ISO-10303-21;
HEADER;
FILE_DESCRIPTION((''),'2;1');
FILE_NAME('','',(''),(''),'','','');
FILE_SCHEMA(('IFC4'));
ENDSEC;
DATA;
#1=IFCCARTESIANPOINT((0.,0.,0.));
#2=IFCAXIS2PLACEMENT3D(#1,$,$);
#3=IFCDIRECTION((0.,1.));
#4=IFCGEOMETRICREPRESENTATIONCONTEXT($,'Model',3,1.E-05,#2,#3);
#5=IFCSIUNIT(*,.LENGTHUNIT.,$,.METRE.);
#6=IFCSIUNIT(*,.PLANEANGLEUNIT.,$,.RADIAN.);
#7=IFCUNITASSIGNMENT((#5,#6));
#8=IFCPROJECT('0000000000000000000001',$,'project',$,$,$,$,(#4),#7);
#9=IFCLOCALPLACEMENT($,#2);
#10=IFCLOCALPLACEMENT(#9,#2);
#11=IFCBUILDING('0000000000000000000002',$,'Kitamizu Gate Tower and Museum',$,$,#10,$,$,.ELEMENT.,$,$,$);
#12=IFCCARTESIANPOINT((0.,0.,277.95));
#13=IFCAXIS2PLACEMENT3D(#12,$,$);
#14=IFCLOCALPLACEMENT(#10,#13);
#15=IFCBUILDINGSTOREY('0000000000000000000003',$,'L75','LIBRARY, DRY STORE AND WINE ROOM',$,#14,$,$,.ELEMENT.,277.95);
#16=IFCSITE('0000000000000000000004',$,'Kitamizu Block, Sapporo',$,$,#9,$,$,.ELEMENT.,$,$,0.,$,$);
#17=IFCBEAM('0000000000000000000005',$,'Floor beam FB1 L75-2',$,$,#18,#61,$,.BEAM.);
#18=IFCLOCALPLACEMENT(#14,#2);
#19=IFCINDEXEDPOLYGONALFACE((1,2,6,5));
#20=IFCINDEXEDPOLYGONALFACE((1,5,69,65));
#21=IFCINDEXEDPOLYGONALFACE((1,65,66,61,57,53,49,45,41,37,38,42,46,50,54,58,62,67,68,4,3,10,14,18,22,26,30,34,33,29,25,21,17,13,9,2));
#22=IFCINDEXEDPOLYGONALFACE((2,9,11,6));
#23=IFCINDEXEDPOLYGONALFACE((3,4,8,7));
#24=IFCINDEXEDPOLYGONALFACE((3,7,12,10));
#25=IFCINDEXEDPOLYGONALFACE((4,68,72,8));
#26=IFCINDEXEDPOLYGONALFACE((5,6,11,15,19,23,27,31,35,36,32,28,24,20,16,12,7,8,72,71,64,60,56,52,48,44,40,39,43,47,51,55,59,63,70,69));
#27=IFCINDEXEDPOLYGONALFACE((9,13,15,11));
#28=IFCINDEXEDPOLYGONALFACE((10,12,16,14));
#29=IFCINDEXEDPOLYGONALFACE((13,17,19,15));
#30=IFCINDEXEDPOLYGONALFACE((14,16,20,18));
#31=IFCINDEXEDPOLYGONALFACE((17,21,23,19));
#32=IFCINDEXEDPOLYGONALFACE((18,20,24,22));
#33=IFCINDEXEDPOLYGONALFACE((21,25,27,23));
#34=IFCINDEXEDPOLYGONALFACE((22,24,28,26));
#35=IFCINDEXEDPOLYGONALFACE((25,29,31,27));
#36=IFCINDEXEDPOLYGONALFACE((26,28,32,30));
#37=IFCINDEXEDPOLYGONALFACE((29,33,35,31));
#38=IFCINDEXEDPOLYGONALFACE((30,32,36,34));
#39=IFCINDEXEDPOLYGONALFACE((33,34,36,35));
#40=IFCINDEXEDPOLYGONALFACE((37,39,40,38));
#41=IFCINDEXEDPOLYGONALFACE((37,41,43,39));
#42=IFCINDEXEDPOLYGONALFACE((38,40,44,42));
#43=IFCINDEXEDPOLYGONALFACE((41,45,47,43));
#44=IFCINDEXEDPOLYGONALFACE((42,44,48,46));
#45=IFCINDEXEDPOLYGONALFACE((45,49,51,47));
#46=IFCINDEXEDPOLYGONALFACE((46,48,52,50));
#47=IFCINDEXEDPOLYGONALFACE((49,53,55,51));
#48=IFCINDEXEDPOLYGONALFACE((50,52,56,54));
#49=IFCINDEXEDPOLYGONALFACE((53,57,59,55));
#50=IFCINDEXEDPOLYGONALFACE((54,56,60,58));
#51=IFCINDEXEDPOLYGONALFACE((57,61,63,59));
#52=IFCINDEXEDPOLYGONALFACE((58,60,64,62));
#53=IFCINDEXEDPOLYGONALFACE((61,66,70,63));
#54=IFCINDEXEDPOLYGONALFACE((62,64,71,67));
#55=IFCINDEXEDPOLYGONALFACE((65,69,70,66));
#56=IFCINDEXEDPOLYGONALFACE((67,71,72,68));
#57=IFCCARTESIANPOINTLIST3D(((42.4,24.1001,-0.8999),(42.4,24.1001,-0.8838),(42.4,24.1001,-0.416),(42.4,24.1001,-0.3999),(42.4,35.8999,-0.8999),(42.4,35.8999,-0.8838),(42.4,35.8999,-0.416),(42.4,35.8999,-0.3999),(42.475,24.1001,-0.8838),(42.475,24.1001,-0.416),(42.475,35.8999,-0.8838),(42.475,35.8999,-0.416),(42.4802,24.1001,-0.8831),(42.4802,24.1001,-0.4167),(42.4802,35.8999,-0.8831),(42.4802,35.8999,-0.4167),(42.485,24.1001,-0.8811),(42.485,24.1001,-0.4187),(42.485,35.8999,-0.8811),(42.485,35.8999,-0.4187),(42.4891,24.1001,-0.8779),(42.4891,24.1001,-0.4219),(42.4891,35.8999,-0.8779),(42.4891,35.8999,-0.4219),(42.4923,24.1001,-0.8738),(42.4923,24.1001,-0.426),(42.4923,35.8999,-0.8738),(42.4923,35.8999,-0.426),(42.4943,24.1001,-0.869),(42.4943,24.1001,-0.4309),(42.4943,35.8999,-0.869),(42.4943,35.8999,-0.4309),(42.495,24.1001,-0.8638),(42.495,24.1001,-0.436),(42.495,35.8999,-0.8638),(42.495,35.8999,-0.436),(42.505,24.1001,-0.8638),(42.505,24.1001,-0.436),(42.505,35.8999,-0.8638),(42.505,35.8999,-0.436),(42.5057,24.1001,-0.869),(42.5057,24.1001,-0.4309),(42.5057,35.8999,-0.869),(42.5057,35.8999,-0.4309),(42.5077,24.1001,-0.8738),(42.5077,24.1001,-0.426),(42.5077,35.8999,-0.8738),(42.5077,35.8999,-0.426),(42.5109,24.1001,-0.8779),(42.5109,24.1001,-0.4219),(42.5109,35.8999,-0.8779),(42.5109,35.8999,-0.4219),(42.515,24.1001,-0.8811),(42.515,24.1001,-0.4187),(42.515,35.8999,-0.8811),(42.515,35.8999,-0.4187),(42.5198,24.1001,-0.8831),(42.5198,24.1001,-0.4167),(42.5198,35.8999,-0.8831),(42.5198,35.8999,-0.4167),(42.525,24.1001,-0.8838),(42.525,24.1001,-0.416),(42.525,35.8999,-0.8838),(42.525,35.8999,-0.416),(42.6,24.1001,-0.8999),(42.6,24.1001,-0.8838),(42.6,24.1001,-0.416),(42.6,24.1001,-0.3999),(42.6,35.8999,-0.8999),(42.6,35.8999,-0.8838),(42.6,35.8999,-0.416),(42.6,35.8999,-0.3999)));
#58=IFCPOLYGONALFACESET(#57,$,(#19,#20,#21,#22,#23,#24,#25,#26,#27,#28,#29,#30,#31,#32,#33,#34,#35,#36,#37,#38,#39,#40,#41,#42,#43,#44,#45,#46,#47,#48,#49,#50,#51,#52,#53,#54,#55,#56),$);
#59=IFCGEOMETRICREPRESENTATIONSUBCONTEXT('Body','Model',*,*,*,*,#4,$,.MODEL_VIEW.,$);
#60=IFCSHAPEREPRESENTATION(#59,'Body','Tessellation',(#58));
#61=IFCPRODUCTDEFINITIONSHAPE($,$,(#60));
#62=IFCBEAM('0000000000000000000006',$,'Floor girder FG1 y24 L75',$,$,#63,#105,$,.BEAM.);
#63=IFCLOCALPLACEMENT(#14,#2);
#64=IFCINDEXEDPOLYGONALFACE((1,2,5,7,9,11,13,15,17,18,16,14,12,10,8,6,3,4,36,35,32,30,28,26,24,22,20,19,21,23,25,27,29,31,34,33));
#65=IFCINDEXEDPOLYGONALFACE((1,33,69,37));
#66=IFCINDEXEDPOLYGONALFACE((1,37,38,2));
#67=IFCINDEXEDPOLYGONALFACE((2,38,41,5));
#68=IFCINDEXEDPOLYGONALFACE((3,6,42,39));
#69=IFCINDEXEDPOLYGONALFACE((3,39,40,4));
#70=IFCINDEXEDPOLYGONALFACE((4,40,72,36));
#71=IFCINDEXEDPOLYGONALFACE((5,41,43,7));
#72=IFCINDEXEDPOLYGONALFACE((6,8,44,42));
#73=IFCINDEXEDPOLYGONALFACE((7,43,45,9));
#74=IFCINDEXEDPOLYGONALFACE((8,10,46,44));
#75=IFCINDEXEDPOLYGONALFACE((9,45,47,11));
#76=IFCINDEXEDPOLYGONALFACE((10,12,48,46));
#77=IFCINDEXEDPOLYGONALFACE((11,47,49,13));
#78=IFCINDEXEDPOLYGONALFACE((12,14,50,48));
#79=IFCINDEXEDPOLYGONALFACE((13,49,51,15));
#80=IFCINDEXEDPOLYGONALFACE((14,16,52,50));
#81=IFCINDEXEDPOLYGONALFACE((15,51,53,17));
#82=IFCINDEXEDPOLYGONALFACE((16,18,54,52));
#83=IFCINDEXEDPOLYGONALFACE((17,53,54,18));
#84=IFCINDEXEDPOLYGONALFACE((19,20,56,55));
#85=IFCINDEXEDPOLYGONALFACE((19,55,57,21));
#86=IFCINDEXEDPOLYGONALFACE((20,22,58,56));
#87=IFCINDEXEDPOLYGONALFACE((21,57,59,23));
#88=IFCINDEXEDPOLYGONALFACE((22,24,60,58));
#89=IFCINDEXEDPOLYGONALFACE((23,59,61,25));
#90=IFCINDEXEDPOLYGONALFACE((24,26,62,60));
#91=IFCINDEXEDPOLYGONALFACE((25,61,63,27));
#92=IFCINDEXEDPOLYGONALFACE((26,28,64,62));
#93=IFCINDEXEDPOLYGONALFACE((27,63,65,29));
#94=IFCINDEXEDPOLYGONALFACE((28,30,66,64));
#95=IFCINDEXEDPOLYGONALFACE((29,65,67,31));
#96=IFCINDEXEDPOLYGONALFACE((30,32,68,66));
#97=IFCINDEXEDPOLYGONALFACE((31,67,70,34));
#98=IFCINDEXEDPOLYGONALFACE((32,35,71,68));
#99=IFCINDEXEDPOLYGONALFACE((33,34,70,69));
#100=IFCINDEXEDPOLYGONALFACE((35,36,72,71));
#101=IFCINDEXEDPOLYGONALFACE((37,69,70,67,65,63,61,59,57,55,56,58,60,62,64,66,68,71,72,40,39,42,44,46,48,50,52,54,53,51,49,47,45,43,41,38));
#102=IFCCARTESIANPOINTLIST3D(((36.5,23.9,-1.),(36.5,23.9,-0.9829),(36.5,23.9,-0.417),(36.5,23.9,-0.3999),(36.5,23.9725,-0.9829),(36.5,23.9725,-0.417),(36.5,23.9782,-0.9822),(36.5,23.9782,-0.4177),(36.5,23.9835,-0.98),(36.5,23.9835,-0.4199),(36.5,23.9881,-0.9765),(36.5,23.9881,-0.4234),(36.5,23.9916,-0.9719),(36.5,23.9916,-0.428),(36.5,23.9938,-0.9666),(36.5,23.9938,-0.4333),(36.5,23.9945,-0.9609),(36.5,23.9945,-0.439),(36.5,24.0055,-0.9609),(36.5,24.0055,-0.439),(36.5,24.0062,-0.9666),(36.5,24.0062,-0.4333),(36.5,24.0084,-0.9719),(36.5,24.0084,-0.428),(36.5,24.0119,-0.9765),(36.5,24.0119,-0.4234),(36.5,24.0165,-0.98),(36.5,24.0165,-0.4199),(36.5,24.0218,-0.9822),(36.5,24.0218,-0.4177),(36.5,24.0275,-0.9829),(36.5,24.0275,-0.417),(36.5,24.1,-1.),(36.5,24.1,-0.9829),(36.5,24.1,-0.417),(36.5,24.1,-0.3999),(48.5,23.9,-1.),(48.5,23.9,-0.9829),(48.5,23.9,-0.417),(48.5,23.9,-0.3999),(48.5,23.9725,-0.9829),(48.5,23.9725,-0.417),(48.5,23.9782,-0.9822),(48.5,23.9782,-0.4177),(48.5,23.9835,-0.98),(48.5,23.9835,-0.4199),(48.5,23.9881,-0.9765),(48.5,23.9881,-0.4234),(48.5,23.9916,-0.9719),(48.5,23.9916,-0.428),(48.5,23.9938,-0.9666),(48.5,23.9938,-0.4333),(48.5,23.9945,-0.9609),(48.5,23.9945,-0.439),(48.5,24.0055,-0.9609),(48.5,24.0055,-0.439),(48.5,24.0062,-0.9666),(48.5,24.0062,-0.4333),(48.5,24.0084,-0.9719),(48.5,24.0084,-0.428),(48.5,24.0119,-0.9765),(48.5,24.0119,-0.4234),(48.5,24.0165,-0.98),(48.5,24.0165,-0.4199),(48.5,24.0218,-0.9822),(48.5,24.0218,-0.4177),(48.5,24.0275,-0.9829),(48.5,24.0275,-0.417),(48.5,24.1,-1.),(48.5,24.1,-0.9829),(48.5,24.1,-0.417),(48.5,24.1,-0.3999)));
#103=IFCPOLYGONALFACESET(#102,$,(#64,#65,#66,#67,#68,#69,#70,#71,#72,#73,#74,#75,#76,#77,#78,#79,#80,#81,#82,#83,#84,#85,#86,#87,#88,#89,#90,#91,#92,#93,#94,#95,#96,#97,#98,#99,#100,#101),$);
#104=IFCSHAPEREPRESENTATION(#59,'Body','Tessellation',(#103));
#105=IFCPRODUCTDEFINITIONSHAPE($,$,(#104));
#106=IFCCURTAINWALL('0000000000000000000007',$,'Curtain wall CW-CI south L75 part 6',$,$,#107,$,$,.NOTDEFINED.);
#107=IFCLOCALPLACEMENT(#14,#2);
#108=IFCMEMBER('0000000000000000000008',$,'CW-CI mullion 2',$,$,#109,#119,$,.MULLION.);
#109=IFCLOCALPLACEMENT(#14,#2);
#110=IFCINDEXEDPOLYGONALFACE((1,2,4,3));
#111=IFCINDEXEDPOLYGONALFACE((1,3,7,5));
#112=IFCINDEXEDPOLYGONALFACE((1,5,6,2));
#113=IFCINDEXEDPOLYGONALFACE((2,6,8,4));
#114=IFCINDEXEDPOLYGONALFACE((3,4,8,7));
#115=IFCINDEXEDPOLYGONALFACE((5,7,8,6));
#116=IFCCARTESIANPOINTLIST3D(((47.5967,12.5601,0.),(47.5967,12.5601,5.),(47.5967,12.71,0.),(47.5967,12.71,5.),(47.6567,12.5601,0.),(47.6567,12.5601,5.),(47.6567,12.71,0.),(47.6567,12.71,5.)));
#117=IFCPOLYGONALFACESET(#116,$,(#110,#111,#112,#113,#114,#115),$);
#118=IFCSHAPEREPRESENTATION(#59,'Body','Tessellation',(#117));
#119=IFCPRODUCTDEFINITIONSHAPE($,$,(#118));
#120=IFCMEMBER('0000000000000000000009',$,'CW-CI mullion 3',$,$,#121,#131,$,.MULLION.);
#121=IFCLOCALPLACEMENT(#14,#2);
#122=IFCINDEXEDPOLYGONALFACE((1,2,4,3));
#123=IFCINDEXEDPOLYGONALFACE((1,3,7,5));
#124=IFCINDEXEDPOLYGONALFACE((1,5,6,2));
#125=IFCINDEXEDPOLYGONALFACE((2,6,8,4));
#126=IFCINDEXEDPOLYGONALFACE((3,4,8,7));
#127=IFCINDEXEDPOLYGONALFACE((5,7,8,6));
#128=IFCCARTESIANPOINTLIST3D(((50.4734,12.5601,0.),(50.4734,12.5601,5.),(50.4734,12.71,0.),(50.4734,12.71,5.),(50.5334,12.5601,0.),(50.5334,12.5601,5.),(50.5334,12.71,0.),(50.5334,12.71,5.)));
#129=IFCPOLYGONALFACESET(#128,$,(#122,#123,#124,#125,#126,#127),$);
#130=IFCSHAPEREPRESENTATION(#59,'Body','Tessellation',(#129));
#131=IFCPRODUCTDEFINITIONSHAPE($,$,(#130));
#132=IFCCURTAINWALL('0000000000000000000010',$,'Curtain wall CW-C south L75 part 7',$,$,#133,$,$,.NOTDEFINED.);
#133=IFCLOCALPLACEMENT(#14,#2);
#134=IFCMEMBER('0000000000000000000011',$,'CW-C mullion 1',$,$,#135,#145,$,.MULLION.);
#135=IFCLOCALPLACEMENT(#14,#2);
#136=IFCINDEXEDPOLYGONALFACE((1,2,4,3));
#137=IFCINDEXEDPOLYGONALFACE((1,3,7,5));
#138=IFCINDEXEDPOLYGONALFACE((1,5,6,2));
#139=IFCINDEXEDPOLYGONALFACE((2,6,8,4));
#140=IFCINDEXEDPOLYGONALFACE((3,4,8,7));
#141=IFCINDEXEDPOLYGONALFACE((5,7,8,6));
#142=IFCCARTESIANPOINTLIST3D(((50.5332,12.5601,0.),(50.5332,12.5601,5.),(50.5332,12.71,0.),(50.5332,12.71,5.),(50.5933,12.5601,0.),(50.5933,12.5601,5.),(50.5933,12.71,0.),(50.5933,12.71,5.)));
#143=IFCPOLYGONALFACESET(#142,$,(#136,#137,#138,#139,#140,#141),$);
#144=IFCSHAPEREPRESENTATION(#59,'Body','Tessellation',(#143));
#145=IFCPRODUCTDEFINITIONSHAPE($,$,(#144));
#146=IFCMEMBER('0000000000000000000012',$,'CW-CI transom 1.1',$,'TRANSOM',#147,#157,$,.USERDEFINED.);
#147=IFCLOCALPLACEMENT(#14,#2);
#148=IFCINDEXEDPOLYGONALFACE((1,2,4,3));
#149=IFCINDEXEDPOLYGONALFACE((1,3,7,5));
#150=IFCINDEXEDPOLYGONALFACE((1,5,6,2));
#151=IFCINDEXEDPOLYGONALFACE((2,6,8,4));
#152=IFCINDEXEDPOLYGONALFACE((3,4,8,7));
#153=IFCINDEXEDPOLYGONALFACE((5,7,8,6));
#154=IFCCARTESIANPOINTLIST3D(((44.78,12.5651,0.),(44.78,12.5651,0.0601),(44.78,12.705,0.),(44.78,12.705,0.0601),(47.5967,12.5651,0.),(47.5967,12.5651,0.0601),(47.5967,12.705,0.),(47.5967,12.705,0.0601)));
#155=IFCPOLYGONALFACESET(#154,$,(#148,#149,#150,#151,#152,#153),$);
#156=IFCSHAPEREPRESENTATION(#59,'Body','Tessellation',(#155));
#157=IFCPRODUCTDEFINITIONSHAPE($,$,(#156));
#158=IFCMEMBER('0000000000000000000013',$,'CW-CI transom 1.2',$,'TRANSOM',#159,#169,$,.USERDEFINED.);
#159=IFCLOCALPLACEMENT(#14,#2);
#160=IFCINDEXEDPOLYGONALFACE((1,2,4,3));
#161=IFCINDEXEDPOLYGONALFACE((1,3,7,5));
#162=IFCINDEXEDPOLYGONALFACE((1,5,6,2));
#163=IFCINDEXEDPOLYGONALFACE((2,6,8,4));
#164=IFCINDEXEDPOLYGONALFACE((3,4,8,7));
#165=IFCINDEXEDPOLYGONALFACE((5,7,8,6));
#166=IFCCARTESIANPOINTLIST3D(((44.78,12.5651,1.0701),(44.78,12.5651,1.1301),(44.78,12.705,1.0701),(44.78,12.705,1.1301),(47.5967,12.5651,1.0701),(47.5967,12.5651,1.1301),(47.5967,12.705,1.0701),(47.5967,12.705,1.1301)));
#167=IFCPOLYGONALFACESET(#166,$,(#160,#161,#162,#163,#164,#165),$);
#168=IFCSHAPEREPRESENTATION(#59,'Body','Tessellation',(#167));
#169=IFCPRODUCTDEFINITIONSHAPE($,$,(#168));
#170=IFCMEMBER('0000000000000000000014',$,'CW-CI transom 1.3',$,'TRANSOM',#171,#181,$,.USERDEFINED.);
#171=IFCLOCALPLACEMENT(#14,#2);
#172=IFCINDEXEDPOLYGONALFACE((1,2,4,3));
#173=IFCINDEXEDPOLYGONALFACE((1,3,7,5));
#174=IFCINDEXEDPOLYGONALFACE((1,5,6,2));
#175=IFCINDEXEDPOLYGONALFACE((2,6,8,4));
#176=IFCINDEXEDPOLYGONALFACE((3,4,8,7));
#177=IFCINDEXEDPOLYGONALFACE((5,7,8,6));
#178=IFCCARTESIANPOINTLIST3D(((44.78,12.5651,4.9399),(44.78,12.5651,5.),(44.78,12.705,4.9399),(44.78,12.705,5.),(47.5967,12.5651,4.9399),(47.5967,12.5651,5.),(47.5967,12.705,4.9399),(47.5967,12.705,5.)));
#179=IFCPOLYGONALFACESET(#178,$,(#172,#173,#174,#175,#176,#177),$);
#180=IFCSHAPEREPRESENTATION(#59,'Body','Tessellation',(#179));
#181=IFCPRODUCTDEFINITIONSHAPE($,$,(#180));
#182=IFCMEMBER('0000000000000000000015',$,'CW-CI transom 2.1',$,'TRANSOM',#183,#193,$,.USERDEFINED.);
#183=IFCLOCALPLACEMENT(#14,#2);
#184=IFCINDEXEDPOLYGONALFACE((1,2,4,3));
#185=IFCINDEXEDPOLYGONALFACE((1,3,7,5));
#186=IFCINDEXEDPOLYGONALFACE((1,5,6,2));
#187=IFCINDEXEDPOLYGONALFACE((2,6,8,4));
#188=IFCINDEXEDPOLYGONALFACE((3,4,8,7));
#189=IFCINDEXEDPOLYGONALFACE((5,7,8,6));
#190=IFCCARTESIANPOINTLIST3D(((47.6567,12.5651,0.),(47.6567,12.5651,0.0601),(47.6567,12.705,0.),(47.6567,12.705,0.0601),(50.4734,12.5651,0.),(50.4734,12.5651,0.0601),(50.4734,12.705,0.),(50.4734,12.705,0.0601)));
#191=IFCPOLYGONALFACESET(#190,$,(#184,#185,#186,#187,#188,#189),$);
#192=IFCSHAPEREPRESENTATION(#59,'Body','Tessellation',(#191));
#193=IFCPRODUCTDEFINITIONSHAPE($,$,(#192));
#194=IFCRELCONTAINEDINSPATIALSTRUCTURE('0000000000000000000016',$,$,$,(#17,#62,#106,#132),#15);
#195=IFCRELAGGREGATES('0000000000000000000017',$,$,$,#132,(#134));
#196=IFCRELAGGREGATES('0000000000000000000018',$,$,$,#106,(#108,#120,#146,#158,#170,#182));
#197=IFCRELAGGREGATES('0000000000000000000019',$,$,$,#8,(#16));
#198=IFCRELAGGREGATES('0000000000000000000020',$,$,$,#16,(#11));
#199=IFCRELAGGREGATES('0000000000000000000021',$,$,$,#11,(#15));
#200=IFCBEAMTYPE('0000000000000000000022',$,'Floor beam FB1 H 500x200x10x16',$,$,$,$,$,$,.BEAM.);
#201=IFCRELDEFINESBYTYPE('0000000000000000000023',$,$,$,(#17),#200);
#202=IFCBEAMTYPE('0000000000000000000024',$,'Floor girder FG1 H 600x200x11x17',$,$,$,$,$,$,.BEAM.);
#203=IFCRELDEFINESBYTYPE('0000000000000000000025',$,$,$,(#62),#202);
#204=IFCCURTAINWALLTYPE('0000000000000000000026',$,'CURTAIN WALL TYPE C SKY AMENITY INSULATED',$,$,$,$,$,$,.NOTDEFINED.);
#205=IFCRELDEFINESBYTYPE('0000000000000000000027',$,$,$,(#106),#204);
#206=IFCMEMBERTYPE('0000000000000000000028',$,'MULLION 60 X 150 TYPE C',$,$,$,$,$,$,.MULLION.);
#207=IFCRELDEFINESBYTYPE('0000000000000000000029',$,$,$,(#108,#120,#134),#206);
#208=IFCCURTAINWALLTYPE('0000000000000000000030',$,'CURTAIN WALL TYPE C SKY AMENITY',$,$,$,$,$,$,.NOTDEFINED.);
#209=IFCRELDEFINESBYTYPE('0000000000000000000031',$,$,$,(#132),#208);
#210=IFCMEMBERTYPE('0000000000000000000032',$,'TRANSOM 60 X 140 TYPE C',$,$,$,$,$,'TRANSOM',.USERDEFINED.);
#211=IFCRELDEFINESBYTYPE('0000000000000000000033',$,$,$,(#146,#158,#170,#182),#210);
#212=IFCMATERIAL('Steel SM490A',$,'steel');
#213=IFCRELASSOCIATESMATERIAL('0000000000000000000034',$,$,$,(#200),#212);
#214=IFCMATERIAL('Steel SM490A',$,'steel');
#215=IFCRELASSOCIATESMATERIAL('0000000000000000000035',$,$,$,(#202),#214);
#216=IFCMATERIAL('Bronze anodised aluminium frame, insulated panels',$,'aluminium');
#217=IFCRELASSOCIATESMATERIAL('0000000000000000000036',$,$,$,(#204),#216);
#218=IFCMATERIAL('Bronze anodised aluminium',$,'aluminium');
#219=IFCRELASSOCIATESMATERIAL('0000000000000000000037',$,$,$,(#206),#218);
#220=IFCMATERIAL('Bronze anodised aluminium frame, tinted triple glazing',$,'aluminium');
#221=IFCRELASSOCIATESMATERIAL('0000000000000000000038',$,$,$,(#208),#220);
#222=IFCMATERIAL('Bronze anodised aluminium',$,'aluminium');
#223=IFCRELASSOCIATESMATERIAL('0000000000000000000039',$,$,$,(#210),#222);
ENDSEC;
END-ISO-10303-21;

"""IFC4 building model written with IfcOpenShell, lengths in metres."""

from ifc_helpers import new_model, si_unit, direction, frame, origin, origin_2d, place, context, subcontext, project, spatial, rectangle, i_section, extrude, material, material_profile, profile_set, type_object, element, aggregate, save


model = new_model("IFC4")

# Units and contexts
model_context = context("Model", 3, precision=1e-05, world=origin(), true_north=direction((0.0, 1.0)))
body_context = subcontext(model_context, "Body", "Model", "MODEL_VIEW")
ifc_project = project(units=[si_unit("LENGTHUNIT", "METRE"), si_unit("PLANEANGLEUNIT", "RADIAN")], contexts=[model_context])

# Site, building, storey
site_placement = place(None, origin())
site = spatial("IfcSite", under=ifc_project, at=site_placement, Name="Kitamizu Block, Sapporo", CompositionType="ELEMENT", RefElevation=0.0)
building_placement = place(site_placement, origin())
building = spatial("IfcBuilding", under=site, at=building_placement, Name="Kitamizu Gate Tower and Museum", CompositionType="ELEMENT")
storey_placement = place(building_placement, frame((0.0, 0.0, 277.95)))
storey = spatial("IfcBuildingStorey", under=building, at=storey_placement, Name="L75", Description="LIBRARY, DRY STORE AND WINE ROOM", CompositionType="ELEMENT", Elevation=277.95)

# Beams
ifc_material_1 = material(Name="Steel SM490A", Category="steel")
ifc_material_profile_1 = material_profile(ifc_material_1, i_section(OverallWidth=0.2, OverallDepth=0.5, WebThickness=0.01, FlangeThickness=0.0161, FilletRadius=0.02, at=origin_2d()), Name="H-500x200x10x16")
ifc_profile_set_1 = profile_set([ifc_material_profile_1], Name="Steel SM490A")
beam_type_1 = type_object("IfcBeamType", Name="Floor beam FB1 H 500x200x10x16", PredefinedType="BEAM", material=ifc_profile_set_1)
beam_1_placement = place(storey_placement, frame((42.5, 24.1001, -0.6499), z_axis=(0.0, 1.0, 0.0), x_axis=(-1.0, 0.0, 0.0)))
element("IfcBeam", 1, at=beam_1_placement, inside=storey, type_object=beam_type_1, Name="Floor beam FB1 L75-2", PredefinedType="BEAM", context=body_context, shape_type="SweptSolid", body=[
    extrude(i_section(OverallWidth=0.2, OverallDepth=0.5, WebThickness=0.01, FlangeThickness=0.0161, FilletRadius=0.02, at=origin_2d()), origin(), (0.0, 0.0, 1.0), 11.7998),
])
ifc_material_2 = material(Name="Steel SM490A", Category="steel")
ifc_material_profile_2 = material_profile(ifc_material_2, i_section(OverallWidth=0.2, OverallDepth=0.6001, WebThickness=0.011, FlangeThickness=0.0171, FilletRadius=0.022, at=origin_2d()), Name="H-600x200x11x17")
ifc_profile_set_2 = profile_set([ifc_material_profile_2], Name="Steel SM490A")
beam_type_2 = type_object("IfcBeamType", Name="Floor girder FG1 H 600x200x11x17", PredefinedType="BEAM", material=ifc_profile_set_2)
beam_2_placement = place(storey_placement, frame((36.5, 24.0, -0.7), z_axis=(1.0, 0.0, 0.0), x_axis=(0.0, 1.0, 0.0)))
element("IfcBeam", 2, at=beam_2_placement, inside=storey, type_object=beam_type_2, Name="Floor girder FG1 y24 L75", PredefinedType="BEAM", context=body_context, shape_type="SweptSolid", body=[
    extrude(i_section(OverallWidth=0.2, OverallDepth=0.6001, WebThickness=0.011, FlangeThickness=0.0171, FilletRadius=0.022, at=origin_2d()), origin(), (0.0, 0.0, 1.0), 12.0),
])

# Curtain wall, members
ifc_material_3 = material(Name="Bronze anodised aluminium frame, insulated panels", Category="aluminium")
curtain_wall_type_1 = type_object("IfcCurtainWallType", Name="CURTAIN WALL TYPE C SKY AMENITY INSULATED", PredefinedType="NOTDEFINED", material=ifc_material_3)
curtain_wall_1_placement = place(storey_placement, origin())
curtain_wall_1 = element("IfcCurtainWall", 3, at=curtain_wall_1_placement, inside=storey, type_object=curtain_wall_type_1, Name="Curtain wall CW-CI south L75 part 6", PredefinedType="NOTDEFINED")
ifc_material_4 = material(Name="Bronze anodised aluminium", Category="aluminium")
ifc_material_profile_3 = material_profile(ifc_material_4, rectangle(XDim=0.0601, YDim=0.1499, at=origin_2d()), Name="AL 60X150")
ifc_profile_set_3 = profile_set([ifc_material_profile_3], Name="Bronze anodised aluminium")
member_type_1 = type_object("IfcMemberType", Name="MULLION 60 X 150 TYPE C", PredefinedType="MULLION", material=ifc_profile_set_3)
member_1_placement = place(storey_placement, frame((47.6267, 12.635, 0.0), z_axis=(0.0, 0.0, 1.0), x_axis=(1.0, 0.0, 0.0)))
member_1 = element("IfcMember", 4, at=member_1_placement, type_object=member_type_1, Name="CW-CI mullion 2", PredefinedType="MULLION", context=body_context, shape_type="SweptSolid", body=[
    extrude(rectangle(XDim=0.0601, YDim=0.1499, at=origin_2d()), origin(), (0.0, 0.0, 1.0), 5.0),
])
member_2_placement = place(storey_placement, frame((50.5034, 12.635, 0.0), z_axis=(0.0, 0.0, 1.0), x_axis=(1.0, 0.0, 0.0)))
member_2 = element("IfcMember", 5, at=member_2_placement, type_object=member_type_1, Name="CW-CI mullion 3", PredefinedType="MULLION", context=body_context, shape_type="SweptSolid", body=[
    extrude(rectangle(XDim=0.0601, YDim=0.1499, at=origin_2d()), origin(), (0.0, 0.0, 1.0), 5.0),
])

# Curtain wall, member
ifc_material_5 = material(Name="Bronze anodised aluminium frame, tinted triple glazing", Category="aluminium")
curtain_wall_type_2 = type_object("IfcCurtainWallType", Name="CURTAIN WALL TYPE C SKY AMENITY", PredefinedType="NOTDEFINED", material=ifc_material_5)
curtain_wall_2_placement = place(storey_placement, origin())
curtain_wall_2 = element("IfcCurtainWall", 6, at=curtain_wall_2_placement, inside=storey, type_object=curtain_wall_type_2, Name="Curtain wall CW-C south L75 part 7", PredefinedType="NOTDEFINED")
member_3_placement = place(storey_placement, frame((50.5632, 12.635, 0.0), z_axis=(0.0, 0.0, 1.0), x_axis=(1.0, 0.0, 0.0)))
member_3 = element("IfcMember", 7, at=member_3_placement, type_object=member_type_1, Name="CW-C mullion 1", PredefinedType="MULLION", context=body_context, shape_type="SweptSolid", body=[
    extrude(rectangle(XDim=0.0601, YDim=0.1499, at=origin_2d()), origin(), (0.0, 0.0, 1.0), 5.0),
])

# Members
ifc_material_6 = material(Name="Bronze anodised aluminium", Category="aluminium")
ifc_material_profile_4 = material_profile(ifc_material_6, rectangle(XDim=0.1399, YDim=0.0601, at=origin_2d()), Name="AL 60X140")
ifc_profile_set_4 = profile_set([ifc_material_profile_4], Name="Bronze anodised aluminium")
member_type_2 = type_object("IfcMemberType", Name="TRANSOM 60 X 140 TYPE C", ElementType="TRANSOM", PredefinedType="USERDEFINED", material=ifc_profile_set_4)
member_4_placement = place(storey_placement, frame((44.78, 12.635, 0.03), z_axis=(1.0, 0.0, 0.0), x_axis=(0.0, 1.0, 0.0)))
member_4 = element("IfcMember", 8, at=member_4_placement, type_object=member_type_2, Name="CW-CI transom 1.1", ObjectType="TRANSOM", PredefinedType="USERDEFINED", context=body_context, shape_type="SweptSolid", body=[
    extrude(rectangle(XDim=0.1399, YDim=0.0601, at=origin_2d()), origin(), (0.0, 0.0, 1.0), 2.8167),
])
member_5_placement = place(storey_placement, frame((44.78, 12.635, 1.1001), z_axis=(1.0, 0.0, 0.0), x_axis=(0.0, 1.0, 0.0)))
member_5 = element("IfcMember", 9, at=member_5_placement, type_object=member_type_2, Name="CW-CI transom 1.2", ObjectType="TRANSOM", PredefinedType="USERDEFINED", context=body_context, shape_type="SweptSolid", body=[
    extrude(rectangle(XDim=0.1399, YDim=0.0601, at=origin_2d()), origin(), (0.0, 0.0, 1.0), 2.8167),
])
member_6_placement = place(storey_placement, frame((44.78, 12.635, 4.97), z_axis=(1.0, 0.0, 0.0), x_axis=(0.0, 1.0, 0.0)))
member_6 = element("IfcMember", 10, at=member_6_placement, type_object=member_type_2, Name="CW-CI transom 1.3", ObjectType="TRANSOM", PredefinedType="USERDEFINED", context=body_context, shape_type="SweptSolid", body=[
    extrude(rectangle(XDim=0.1399, YDim=0.0601, at=origin_2d()), origin(), (0.0, 0.0, 1.0), 2.8167),
])
member_7_placement = place(storey_placement, frame((47.6567, 12.635, 0.03), z_axis=(1.0, 0.0, 0.0), x_axis=(0.0, 1.0, 0.0)))
member_7 = element("IfcMember", 11, at=member_7_placement, type_object=member_type_2, Name="CW-CI transom 2.1", ObjectType="TRANSOM", PredefinedType="USERDEFINED", context=body_context, shape_type="SweptSolid", body=[
    extrude(rectangle(XDim=0.1399, YDim=0.0601, at=origin_2d()), origin(), (0.0, 0.0, 1.0), 2.8167),
])
aggregate(curtain_wall_2, [member_3])

aggregate(curtain_wall_1, [member_1, member_2, member_4, member_5, member_6, member_7])

save(model, "model.ifc")
